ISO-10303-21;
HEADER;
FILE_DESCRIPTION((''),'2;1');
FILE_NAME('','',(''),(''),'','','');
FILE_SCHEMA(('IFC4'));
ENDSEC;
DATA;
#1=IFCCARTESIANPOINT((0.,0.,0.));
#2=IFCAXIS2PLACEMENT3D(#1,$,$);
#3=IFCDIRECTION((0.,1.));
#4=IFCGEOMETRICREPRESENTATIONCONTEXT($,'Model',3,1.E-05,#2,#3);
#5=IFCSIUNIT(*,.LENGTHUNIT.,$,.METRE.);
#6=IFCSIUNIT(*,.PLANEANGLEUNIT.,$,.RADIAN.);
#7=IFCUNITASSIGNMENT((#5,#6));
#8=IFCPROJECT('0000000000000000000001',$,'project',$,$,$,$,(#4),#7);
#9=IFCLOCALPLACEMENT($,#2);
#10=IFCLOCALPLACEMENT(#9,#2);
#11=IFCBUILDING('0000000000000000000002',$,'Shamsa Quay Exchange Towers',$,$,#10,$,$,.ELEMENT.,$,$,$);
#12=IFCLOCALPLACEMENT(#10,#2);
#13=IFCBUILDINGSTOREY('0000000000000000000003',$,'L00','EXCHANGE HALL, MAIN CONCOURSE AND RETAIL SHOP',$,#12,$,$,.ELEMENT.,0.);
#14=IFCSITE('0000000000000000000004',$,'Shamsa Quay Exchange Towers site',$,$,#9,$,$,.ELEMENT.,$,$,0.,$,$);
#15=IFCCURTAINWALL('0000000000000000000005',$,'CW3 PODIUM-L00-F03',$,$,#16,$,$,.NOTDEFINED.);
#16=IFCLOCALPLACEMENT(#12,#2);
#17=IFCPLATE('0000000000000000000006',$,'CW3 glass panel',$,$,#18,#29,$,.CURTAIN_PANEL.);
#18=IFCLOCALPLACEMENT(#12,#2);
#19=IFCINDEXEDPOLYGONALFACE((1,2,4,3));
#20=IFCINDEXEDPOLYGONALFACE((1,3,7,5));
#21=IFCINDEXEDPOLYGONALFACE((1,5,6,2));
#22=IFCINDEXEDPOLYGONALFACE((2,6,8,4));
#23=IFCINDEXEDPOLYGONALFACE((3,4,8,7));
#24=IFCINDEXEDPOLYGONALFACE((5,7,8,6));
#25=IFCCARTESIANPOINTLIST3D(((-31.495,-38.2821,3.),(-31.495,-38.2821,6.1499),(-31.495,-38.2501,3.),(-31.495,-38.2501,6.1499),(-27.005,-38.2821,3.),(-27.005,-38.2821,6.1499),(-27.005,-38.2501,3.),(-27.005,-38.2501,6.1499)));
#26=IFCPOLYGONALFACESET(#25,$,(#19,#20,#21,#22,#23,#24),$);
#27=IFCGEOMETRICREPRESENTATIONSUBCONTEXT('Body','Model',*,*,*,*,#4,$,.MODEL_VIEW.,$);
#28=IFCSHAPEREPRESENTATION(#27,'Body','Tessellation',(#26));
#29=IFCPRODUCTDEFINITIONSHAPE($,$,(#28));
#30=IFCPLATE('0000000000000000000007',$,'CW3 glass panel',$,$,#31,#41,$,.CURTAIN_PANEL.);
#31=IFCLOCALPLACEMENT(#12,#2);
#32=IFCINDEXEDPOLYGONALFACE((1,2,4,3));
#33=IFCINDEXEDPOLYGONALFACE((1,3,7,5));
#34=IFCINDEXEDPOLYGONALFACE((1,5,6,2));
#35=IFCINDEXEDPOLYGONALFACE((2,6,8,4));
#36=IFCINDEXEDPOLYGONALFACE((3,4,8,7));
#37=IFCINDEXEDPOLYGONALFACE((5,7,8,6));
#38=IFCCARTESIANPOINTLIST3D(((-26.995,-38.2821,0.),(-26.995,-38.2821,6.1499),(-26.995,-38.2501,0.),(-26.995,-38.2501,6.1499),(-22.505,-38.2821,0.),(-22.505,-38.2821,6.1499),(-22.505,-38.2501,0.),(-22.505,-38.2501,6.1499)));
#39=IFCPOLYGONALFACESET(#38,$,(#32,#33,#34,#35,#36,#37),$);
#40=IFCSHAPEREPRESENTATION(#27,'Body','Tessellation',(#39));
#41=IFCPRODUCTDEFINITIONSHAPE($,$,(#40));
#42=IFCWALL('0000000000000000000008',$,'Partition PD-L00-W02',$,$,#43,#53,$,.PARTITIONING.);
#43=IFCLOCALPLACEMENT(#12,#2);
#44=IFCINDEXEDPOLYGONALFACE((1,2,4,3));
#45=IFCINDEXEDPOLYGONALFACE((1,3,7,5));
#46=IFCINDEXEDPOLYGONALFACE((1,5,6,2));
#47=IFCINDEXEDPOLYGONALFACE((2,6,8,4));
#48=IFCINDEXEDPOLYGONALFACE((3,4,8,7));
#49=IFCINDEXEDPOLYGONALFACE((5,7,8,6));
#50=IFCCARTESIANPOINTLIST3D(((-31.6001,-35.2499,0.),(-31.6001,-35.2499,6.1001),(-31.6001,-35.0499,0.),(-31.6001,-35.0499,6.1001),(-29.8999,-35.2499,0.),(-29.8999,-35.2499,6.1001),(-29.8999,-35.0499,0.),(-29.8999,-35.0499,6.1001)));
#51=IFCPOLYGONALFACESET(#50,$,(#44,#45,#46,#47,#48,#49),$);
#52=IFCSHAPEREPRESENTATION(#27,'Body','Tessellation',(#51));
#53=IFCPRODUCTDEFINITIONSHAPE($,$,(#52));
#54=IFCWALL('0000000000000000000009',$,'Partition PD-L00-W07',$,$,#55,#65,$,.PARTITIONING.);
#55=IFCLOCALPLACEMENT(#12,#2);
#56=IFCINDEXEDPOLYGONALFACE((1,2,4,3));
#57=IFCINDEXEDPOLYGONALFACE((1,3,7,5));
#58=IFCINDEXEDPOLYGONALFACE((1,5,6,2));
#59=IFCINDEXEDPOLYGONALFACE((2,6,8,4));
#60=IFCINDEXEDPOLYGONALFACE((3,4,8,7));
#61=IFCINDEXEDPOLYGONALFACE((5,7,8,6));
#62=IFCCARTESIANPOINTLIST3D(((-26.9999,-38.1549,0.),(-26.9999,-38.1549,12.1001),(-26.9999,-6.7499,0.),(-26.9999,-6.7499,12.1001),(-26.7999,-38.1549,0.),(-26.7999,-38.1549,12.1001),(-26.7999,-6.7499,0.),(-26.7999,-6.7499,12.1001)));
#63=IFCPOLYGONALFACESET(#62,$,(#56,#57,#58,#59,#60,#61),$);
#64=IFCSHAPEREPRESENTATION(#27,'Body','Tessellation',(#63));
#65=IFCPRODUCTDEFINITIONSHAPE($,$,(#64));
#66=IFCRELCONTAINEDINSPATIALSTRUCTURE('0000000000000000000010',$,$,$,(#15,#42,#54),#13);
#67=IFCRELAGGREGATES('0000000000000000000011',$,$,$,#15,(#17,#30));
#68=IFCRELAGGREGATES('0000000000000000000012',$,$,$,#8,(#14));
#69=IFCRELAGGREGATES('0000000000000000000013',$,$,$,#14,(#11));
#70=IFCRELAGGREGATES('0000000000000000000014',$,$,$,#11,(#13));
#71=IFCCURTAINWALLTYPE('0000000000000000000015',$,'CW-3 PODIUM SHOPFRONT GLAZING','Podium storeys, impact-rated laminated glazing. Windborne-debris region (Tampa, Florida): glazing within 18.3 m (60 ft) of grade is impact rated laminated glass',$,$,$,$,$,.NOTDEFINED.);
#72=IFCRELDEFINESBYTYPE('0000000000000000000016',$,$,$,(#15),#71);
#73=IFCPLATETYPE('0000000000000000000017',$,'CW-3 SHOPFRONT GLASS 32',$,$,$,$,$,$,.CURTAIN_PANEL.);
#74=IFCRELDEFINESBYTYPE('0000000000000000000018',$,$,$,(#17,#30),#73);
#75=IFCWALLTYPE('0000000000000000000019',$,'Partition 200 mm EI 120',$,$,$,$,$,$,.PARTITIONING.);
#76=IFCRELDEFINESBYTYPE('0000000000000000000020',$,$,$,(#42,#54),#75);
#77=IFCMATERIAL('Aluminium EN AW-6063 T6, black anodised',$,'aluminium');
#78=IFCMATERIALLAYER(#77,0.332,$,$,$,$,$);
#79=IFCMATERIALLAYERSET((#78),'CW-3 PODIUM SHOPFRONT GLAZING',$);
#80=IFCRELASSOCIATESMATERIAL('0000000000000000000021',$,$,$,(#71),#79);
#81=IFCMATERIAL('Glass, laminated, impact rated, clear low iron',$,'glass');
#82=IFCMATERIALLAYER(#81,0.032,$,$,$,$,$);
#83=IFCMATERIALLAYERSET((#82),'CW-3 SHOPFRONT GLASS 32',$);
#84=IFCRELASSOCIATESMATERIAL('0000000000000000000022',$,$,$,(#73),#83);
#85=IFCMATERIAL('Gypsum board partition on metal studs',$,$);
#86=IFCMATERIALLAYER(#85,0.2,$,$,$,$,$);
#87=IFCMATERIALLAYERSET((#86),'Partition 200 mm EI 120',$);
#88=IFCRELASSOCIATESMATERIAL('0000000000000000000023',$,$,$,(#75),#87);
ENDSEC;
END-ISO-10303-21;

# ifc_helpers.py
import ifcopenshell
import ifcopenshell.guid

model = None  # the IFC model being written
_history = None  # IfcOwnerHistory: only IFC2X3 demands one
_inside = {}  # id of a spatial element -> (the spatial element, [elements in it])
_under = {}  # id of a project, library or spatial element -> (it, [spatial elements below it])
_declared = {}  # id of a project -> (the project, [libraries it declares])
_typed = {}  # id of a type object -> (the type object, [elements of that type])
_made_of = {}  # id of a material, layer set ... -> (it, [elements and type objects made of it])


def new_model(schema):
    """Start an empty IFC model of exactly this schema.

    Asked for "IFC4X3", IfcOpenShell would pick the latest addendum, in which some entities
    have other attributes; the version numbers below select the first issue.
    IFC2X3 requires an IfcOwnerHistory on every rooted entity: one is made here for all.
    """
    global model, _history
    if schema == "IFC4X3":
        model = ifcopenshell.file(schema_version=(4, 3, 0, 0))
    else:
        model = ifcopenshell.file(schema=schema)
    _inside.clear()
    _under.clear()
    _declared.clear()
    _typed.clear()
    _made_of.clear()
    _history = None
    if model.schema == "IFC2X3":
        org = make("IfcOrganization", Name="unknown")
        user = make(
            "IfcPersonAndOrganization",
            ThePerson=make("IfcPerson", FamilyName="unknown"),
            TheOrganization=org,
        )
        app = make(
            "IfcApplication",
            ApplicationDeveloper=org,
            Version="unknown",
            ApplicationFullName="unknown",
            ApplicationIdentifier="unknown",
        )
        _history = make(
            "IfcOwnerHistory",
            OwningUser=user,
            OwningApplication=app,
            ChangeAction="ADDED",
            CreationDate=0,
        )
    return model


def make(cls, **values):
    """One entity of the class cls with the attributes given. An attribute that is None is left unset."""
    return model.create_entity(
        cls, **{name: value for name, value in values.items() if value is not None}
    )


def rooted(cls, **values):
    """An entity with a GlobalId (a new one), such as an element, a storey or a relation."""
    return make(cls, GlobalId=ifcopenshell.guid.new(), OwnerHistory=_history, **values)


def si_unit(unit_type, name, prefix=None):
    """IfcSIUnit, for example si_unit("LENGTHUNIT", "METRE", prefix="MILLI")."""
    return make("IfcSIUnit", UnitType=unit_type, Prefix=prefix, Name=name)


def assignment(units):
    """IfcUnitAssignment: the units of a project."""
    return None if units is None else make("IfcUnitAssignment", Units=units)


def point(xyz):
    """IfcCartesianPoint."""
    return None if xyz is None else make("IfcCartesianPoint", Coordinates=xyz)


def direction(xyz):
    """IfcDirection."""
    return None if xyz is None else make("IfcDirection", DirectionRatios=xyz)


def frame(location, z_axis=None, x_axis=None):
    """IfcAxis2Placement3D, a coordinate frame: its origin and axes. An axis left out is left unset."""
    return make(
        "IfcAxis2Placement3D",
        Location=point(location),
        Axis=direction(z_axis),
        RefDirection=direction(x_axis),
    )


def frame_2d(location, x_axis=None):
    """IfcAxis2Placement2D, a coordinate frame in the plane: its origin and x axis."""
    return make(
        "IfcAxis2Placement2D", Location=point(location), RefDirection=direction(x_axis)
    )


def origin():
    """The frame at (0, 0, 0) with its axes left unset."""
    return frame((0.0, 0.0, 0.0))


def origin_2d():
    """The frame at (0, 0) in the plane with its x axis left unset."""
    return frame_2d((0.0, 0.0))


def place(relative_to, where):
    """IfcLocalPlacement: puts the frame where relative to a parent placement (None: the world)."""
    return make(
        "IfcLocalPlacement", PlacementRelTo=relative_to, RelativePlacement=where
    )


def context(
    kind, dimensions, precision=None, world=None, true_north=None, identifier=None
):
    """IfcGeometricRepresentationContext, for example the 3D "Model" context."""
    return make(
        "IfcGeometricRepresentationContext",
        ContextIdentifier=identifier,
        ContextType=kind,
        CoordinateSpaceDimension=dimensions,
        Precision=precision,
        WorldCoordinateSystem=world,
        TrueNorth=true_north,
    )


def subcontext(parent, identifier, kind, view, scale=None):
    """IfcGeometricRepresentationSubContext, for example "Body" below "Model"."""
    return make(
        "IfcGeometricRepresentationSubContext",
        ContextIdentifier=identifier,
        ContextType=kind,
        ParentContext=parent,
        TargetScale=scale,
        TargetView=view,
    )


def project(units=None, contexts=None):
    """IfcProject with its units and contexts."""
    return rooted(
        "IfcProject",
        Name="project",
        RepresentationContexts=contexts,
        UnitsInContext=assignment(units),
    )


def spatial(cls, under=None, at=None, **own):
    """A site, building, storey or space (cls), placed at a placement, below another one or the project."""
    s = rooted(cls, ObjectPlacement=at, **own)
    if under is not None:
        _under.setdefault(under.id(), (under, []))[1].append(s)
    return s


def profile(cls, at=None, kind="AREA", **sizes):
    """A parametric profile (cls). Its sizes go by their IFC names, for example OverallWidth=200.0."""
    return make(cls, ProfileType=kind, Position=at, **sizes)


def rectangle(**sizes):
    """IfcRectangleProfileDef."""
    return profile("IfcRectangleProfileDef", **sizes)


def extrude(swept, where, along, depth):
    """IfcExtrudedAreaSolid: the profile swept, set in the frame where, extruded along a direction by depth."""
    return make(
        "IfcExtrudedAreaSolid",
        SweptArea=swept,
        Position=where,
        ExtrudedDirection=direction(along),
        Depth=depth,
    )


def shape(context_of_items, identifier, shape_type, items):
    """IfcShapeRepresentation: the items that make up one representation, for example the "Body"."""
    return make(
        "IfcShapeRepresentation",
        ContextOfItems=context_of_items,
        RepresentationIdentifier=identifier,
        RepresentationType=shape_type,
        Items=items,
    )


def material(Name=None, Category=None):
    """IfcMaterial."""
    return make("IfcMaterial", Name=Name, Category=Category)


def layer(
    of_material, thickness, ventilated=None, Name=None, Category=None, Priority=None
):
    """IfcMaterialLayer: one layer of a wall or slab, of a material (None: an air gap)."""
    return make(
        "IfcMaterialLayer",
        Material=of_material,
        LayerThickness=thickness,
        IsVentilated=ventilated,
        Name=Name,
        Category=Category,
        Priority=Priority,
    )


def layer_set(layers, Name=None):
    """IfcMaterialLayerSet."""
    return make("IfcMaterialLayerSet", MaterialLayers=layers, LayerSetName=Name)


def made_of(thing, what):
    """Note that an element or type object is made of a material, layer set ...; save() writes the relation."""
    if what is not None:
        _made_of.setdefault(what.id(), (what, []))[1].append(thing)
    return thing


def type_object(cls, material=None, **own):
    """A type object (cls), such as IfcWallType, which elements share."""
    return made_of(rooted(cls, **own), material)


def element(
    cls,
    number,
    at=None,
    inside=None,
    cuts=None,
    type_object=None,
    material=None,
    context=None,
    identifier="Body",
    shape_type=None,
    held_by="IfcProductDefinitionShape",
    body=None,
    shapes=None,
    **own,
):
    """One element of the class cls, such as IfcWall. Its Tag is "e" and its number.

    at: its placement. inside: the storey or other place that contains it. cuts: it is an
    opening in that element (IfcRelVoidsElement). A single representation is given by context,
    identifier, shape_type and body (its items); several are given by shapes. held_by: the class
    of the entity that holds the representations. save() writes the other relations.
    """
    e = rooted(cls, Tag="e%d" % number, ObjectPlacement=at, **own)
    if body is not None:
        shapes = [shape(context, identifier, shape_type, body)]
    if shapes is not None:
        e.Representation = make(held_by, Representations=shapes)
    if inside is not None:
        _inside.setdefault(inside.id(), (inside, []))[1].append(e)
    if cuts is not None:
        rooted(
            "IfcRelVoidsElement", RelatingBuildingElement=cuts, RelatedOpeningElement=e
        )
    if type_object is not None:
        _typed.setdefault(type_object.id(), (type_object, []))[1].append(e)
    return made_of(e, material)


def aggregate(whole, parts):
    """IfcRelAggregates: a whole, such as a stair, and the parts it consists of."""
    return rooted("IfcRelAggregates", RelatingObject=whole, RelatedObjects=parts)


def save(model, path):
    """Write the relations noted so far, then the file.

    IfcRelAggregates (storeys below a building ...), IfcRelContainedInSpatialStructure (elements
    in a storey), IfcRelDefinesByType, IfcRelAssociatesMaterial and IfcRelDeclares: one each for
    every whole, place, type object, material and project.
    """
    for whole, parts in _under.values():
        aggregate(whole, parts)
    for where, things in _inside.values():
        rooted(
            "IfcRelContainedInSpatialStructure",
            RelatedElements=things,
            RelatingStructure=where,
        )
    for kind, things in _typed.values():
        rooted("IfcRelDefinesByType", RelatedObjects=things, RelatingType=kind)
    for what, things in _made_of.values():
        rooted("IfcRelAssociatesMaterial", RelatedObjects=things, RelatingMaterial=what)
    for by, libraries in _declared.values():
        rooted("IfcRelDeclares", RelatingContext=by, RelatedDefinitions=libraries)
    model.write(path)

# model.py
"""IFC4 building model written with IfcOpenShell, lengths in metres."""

from ifc_helpers import new_model, si_unit, direction, frame, frame_2d, origin, origin_2d, place, context, subcontext, project, spatial, rectangle, extrude, material, layer, layer_set, type_object, element, aggregate, save


model = new_model("IFC4")

# Units and contexts
model_context = context("Model", 3, precision=1e-05, world=origin(), true_north=direction((0.0, 1.0)))
body_context = subcontext(model_context, "Body", "Model", "MODEL_VIEW")
ifc_project = project(units=[si_unit("LENGTHUNIT", "METRE"), si_unit("PLANEANGLEUNIT", "RADIAN")], contexts=[model_context])

# Site, building, storey
site_placement = place(None, origin())
site = spatial("IfcSite", under=ifc_project, at=site_placement, Name="Shamsa Quay Exchange Towers site", CompositionType="ELEMENT", RefElevation=0.0)
building_placement = place(site_placement, origin())
building = spatial("IfcBuilding", under=site, at=building_placement, Name="Shamsa Quay Exchange Towers", CompositionType="ELEMENT")
storey_placement = place(building_placement, origin())
storey = spatial("IfcBuildingStorey", under=building, at=storey_placement, Name="L00", Description="EXCHANGE HALL, MAIN CONCOURSE AND RETAIL SHOP", CompositionType="ELEMENT", Elevation=0.0)

# Curtain wall, plates
ifc_material_1 = material(Name="Aluminium EN AW-6063 T6, black anodised", Category="aluminium")
ifc_layer_1 = layer(ifc_material_1, 0.332)
ifc_layer_set_1 = layer_set([ifc_layer_1], Name="CW-3 PODIUM SHOPFRONT GLAZING")
curtain_wall_type = type_object("IfcCurtainWallType", Name="CW-3 PODIUM SHOPFRONT GLAZING", Description="Podium storeys, impact-rated laminated glazing. Windborne-debris region (Tampa, Florida): glazing within 18.3 m (60 ft) of grade is impact rated laminated glass", PredefinedType="NOTDEFINED", material=ifc_layer_set_1)
curtain_wall_placement = place(storey_placement, origin())
curtain_wall = element("IfcCurtainWall", 1, at=curtain_wall_placement, inside=storey, type_object=curtain_wall_type, Name="CW3 PODIUM-L00-F03", PredefinedType="NOTDEFINED")
ifc_material_2 = material(Name="Glass, laminated, impact rated, clear low iron", Category="glass")
ifc_layer_2 = layer(ifc_material_2, 0.032)
ifc_layer_set_2 = layer_set([ifc_layer_2], Name="CW-3 SHOPFRONT GLASS 32")
plate_type = type_object("IfcPlateType", Name="CW-3 SHOPFRONT GLASS 32", PredefinedType="CURTAIN_PANEL", material=ifc_layer_set_2)
plate_1_placement = place(storey_placement, frame((-29.25, -38.2661, 3.0)))
plate_1 = element("IfcPlate", 2, at=plate_1_placement, type_object=plate_type, Name="CW3 glass panel", PredefinedType="CURTAIN_PANEL", context=body_context, shape_type="SweptSolid", body=[
    extrude(rectangle(XDim=4.49, YDim=0.032, at=origin_2d()), origin(), (0.0, 0.0, 1.0), 3.1499),
])
plate_2_placement = place(storey_placement, frame((-24.75, -38.2661, 0.0)))
plate_2 = element("IfcPlate", 3, at=plate_2_placement, type_object=plate_type, Name="CW3 glass panel", PredefinedType="CURTAIN_PANEL", context=body_context, shape_type="SweptSolid", body=[
    extrude(rectangle(XDim=4.49, YDim=0.032, at=origin_2d()), origin(), (0.0, 0.0, 1.0), 6.1499),
])
aggregate(curtain_wall, [plate_1, plate_2])

# Walls
ifc_material_3 = material(Name="Gypsum board partition on metal studs")
ifc_layer_3 = layer(ifc_material_3, 0.2)
ifc_layer_set_3 = layer_set([ifc_layer_3], Name="Partition 200 mm EI 120")
wall_type_1 = type_object("IfcWallType", Name="Partition 200 mm EI 120", PredefinedType="PARTITIONING", material=ifc_layer_set_3)
wall_1_placement = place(storey_placement, frame((-29.8999, -35.1499, 0.0), z_axis=(0.0, 0.0, 1.0), x_axis=(-1.0, 0.0, 0.0)))
element("IfcWall", 4, at=wall_1_placement, inside=storey, type_object=wall_type_1, Name="Partition PD-L00-W02", PredefinedType="PARTITIONING", context=body_context, shape_type="SweptSolid", body=[
    extrude(rectangle(XDim=1.7002, YDim=0.2, at=frame_2d((0.8501, 0.0))), origin(), (0.0, 0.0, 1.0), 6.1001),
])
wall_2_placement = place(storey_placement, frame((-26.8999, -38.155, 0.0), z_axis=(0.0, 0.0, 1.0), x_axis=(0.0, 1.0, 0.0)))
element("IfcWall", 5, at=wall_2_placement, inside=storey, type_object=wall_type_1, Name="Partition PD-L00-W07", PredefinedType="PARTITIONING", context=body_context, shape_type="SweptSolid", body=[
    extrude(rectangle(XDim=31.405, YDim=0.2, at=frame_2d((15.7026, 0.0))), origin(), (0.0, 0.0, 1.0), 12.1001),
])

save(model, "model.ifc")
